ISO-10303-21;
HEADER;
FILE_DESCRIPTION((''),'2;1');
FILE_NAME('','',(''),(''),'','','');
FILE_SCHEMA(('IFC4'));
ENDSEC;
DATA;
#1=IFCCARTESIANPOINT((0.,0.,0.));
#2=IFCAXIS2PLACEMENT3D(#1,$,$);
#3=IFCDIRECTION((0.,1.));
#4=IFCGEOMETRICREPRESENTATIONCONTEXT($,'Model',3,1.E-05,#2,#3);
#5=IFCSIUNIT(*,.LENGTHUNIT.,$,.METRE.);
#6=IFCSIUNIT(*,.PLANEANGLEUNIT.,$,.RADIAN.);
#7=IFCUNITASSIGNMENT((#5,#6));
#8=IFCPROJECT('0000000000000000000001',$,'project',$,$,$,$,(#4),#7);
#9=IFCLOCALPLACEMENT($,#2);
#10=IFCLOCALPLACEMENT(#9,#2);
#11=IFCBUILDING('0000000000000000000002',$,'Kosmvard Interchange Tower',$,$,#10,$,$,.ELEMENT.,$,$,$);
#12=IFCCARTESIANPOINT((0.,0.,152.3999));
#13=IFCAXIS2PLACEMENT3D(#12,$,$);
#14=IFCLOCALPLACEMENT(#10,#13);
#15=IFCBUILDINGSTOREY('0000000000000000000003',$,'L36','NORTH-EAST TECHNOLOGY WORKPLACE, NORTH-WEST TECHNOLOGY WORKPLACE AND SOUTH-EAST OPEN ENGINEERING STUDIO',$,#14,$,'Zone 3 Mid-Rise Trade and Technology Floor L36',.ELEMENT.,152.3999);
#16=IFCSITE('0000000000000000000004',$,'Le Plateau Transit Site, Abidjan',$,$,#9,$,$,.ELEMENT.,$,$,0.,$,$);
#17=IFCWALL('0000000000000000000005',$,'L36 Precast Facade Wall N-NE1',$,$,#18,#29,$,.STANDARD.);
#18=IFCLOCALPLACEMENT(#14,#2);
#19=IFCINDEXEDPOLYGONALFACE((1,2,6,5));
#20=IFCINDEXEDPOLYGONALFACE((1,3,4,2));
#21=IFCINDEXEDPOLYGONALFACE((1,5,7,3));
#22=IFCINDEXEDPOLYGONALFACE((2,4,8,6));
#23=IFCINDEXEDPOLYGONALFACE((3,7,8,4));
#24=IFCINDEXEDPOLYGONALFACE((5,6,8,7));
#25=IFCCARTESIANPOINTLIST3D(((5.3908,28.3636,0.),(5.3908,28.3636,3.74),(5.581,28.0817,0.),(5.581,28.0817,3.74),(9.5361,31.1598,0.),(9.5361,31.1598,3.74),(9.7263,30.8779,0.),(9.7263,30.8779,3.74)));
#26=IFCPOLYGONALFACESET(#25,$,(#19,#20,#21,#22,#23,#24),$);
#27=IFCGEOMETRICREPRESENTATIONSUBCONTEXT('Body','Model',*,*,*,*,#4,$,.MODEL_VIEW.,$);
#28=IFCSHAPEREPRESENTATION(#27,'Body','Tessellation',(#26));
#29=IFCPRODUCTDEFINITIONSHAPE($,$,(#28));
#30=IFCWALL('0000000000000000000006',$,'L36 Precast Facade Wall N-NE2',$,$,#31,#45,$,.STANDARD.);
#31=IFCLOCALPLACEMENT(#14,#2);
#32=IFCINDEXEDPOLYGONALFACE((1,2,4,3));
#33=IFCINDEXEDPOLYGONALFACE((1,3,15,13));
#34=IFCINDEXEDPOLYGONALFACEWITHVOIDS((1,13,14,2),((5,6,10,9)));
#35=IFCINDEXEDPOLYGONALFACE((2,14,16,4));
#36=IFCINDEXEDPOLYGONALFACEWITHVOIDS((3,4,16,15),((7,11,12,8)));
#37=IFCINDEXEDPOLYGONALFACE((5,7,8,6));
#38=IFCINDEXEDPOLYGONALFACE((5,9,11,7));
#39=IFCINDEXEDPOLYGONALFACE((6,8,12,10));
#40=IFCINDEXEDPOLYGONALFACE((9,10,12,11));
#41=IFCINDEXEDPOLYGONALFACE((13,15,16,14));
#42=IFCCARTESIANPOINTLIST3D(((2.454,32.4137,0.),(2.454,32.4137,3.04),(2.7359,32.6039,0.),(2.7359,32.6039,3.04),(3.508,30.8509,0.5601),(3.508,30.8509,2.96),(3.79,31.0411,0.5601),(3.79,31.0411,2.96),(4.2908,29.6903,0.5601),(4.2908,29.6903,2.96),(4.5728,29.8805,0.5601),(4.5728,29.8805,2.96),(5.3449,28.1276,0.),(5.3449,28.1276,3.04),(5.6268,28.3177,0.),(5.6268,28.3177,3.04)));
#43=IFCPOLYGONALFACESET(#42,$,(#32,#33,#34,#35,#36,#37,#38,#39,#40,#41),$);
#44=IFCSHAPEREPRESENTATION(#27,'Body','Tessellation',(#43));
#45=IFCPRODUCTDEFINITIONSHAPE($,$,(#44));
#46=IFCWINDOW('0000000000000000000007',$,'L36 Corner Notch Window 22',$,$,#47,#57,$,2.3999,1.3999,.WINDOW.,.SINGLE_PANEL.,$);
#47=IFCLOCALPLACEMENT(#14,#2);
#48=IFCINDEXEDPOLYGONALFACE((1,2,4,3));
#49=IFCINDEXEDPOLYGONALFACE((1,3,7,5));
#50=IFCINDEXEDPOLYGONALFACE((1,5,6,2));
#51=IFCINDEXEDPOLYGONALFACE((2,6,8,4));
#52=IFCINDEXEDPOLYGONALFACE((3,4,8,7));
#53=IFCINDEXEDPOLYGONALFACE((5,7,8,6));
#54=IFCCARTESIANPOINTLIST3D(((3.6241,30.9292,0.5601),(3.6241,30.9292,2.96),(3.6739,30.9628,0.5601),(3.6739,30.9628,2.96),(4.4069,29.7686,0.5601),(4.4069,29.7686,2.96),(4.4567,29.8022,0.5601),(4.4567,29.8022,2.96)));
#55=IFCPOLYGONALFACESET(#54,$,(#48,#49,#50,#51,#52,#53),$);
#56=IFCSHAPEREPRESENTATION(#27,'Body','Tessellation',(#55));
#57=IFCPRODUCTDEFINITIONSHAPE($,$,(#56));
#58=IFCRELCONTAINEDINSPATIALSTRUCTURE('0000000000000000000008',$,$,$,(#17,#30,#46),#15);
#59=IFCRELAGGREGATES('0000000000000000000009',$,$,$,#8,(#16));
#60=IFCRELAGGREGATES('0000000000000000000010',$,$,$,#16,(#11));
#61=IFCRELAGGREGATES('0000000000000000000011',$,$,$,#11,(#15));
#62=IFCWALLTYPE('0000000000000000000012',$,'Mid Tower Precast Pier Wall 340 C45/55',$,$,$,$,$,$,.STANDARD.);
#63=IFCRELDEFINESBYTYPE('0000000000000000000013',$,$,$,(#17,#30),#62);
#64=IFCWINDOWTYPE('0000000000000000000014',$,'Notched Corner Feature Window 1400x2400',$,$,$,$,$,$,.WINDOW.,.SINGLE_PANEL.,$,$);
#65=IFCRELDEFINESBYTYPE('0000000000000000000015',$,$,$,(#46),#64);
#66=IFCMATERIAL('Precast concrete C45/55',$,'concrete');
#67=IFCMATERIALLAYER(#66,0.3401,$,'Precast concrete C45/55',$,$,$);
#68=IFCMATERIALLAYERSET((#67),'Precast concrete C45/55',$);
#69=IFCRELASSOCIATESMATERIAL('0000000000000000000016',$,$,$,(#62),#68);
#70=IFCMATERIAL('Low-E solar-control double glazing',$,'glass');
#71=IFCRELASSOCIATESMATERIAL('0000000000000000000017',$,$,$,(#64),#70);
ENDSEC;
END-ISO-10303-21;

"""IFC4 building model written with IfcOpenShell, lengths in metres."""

from ifc_helpers import new_model, si_unit, direction, frame, frame_2d, origin, place, context, subcontext, project, spatial, rectangle, extrude, source, transform, mapped, material, layer, layer_set, type_object, element, fill, save


model = new_model("IFC4")

# Units and contexts
model_context = context("Model", 3, precision=1e-05, world=origin(), true_north=direction((0.0, 1.0)))
body_context = subcontext(model_context, "Body", "Model", "MODEL_VIEW")
ifc_project = project(units=[si_unit("LENGTHUNIT", "METRE"), si_unit("PLANEANGLEUNIT", "RADIAN")], contexts=[model_context])

# Site, building, storey
site_placement = place(None, origin())
site = spatial("IfcSite", under=ifc_project, at=site_placement, Name="Le Plateau Transit Site, Abidjan", CompositionType="ELEMENT", RefElevation=0.0)
building_placement = place(site_placement, origin())
building = spatial("IfcBuilding", under=site, at=building_placement, Name="Kosmvard Interchange Tower", CompositionType="ELEMENT")
storey_placement = place(building_placement, frame((0.0, 0.0, 152.3999)))
storey = spatial("IfcBuildingStorey", under=building, at=storey_placement, Name="L36", Description="NORTH-EAST TECHNOLOGY WORKPLACE, NORTH-WEST TECHNOLOGY WORKPLACE AND SOUTH-EAST OPEN ENGINEERING STUDIO", LongName="Zone 3 Mid-Rise Trade and Technology Floor L36", CompositionType="ELEMENT", Elevation=152.3999)

# Shared definitions
ifc_material_1 = material(Name="Precast concrete C45/55", Category="concrete")

# Wall
ifc_layer_1 = layer(ifc_material_1, 0.3401, Name="Precast concrete C45/55")
ifc_layer_set_1 = layer_set([ifc_layer_1], Name="Precast concrete C45/55")
wall_type = type_object("IfcWallType", Name="Mid Tower Precast Pier Wall 340 C45/55", PredefinedType="STANDARD", material=ifc_layer_set_1)
wall_1_placement = place(storey_placement, frame((9.6311, 31.0188, 0.0), z_axis=(0.0, 0.0, 1.0), x_axis=(-0.829026, -0.55921, 0.0)))
element("IfcWall", 1, at=wall_1_placement, inside=storey, type_object=wall_type, Name="L36 Precast Facade Wall N-NE1", PredefinedType="STANDARD", context=body_context, shape_type="SweptSolid", body=[
    extrude(rectangle(XDim=5.0002, YDim=0.3401, at=frame_2d((2.5, 0.0))), origin(), (0.0, 0.0, 1.0), 3.74),
])

# Wall, opening, window
wall_2_placement = place(storey_placement, frame((5.4858, 28.2227, 0.0), z_axis=(0.0, 0.0, 1.0), x_axis=(-0.559171, 0.829052, 0.0)))
wall_2 = element("IfcWall", 2, at=wall_2_placement, inside=storey, type_object=wall_type, Name="L36 Precast Facade Wall N-NE2", PredefinedType="STANDARD", context=body_context, shape_type="SweptSolid", body=[
    extrude(rectangle(XDim=5.1699, YDim=0.3401, at=frame_2d((2.585, 0.0))), origin(), (0.0, 0.0, 1.0), 3.04),
])
opening_1_placement = place(wall_2_placement, frame((1.885, 0.0, 0.5601)))
opening_1 = element("IfcOpeningElement", 3, at=opening_1_placement, cuts=wall_2, PredefinedType="OPENING", context=body_context, shape_type="SweptSolid", body=[
    extrude(rectangle(XDim=1.3999, YDim=2.3999, at=frame_2d((0.7, 1.2))), frame((0.0, 0.1802, 0.0), z_axis=(0.0, -1.0, 0.0), x_axis=(1.0, 0.0, 0.0)), (0.0, 0.0, 1.0), 0.3601),
])
ifc_material_2 = material(Name="Low-E solar-control double glazing", Category="glass")
window_type_1 = type_object("IfcWindowType", Name="Notched Corner Feature Window 1400x2400", PartitioningType="SINGLE_PANEL", PredefinedType="WINDOW", material=ifc_material_2)
shared_shape_1 = source(origin(), body_context, "Body", "SweptSolid", [
    extrude(rectangle(XDim=1.3999, YDim=2.3999, at=frame_2d((0.7, 1.2))), frame((0.0, 0.03, 0.0), z_axis=(0.0, -1.0, 0.0), x_axis=(1.0, 0.0, 0.0)), (0.0, 0.0, 1.0), 0.0601),
])
window_1_placement = place(opening_1_placement, origin())
window_1 = element("IfcWindow", 4, at=window_1_placement, inside=storey, type_object=window_type_1, Name="L36 Corner Notch Window 22", OverallHeight=2.3999, OverallWidth=1.3999, PartitioningType="SINGLE_PANEL", PredefinedType="WINDOW", context=body_context, shape_type="MappedRepresentation", body=[
    mapped(shared_shape_1, transform((0.0, 0.0, 0.0), scale=1.0)),
])
fill(opening_1, window_1)

save(model, "model.ifc")
